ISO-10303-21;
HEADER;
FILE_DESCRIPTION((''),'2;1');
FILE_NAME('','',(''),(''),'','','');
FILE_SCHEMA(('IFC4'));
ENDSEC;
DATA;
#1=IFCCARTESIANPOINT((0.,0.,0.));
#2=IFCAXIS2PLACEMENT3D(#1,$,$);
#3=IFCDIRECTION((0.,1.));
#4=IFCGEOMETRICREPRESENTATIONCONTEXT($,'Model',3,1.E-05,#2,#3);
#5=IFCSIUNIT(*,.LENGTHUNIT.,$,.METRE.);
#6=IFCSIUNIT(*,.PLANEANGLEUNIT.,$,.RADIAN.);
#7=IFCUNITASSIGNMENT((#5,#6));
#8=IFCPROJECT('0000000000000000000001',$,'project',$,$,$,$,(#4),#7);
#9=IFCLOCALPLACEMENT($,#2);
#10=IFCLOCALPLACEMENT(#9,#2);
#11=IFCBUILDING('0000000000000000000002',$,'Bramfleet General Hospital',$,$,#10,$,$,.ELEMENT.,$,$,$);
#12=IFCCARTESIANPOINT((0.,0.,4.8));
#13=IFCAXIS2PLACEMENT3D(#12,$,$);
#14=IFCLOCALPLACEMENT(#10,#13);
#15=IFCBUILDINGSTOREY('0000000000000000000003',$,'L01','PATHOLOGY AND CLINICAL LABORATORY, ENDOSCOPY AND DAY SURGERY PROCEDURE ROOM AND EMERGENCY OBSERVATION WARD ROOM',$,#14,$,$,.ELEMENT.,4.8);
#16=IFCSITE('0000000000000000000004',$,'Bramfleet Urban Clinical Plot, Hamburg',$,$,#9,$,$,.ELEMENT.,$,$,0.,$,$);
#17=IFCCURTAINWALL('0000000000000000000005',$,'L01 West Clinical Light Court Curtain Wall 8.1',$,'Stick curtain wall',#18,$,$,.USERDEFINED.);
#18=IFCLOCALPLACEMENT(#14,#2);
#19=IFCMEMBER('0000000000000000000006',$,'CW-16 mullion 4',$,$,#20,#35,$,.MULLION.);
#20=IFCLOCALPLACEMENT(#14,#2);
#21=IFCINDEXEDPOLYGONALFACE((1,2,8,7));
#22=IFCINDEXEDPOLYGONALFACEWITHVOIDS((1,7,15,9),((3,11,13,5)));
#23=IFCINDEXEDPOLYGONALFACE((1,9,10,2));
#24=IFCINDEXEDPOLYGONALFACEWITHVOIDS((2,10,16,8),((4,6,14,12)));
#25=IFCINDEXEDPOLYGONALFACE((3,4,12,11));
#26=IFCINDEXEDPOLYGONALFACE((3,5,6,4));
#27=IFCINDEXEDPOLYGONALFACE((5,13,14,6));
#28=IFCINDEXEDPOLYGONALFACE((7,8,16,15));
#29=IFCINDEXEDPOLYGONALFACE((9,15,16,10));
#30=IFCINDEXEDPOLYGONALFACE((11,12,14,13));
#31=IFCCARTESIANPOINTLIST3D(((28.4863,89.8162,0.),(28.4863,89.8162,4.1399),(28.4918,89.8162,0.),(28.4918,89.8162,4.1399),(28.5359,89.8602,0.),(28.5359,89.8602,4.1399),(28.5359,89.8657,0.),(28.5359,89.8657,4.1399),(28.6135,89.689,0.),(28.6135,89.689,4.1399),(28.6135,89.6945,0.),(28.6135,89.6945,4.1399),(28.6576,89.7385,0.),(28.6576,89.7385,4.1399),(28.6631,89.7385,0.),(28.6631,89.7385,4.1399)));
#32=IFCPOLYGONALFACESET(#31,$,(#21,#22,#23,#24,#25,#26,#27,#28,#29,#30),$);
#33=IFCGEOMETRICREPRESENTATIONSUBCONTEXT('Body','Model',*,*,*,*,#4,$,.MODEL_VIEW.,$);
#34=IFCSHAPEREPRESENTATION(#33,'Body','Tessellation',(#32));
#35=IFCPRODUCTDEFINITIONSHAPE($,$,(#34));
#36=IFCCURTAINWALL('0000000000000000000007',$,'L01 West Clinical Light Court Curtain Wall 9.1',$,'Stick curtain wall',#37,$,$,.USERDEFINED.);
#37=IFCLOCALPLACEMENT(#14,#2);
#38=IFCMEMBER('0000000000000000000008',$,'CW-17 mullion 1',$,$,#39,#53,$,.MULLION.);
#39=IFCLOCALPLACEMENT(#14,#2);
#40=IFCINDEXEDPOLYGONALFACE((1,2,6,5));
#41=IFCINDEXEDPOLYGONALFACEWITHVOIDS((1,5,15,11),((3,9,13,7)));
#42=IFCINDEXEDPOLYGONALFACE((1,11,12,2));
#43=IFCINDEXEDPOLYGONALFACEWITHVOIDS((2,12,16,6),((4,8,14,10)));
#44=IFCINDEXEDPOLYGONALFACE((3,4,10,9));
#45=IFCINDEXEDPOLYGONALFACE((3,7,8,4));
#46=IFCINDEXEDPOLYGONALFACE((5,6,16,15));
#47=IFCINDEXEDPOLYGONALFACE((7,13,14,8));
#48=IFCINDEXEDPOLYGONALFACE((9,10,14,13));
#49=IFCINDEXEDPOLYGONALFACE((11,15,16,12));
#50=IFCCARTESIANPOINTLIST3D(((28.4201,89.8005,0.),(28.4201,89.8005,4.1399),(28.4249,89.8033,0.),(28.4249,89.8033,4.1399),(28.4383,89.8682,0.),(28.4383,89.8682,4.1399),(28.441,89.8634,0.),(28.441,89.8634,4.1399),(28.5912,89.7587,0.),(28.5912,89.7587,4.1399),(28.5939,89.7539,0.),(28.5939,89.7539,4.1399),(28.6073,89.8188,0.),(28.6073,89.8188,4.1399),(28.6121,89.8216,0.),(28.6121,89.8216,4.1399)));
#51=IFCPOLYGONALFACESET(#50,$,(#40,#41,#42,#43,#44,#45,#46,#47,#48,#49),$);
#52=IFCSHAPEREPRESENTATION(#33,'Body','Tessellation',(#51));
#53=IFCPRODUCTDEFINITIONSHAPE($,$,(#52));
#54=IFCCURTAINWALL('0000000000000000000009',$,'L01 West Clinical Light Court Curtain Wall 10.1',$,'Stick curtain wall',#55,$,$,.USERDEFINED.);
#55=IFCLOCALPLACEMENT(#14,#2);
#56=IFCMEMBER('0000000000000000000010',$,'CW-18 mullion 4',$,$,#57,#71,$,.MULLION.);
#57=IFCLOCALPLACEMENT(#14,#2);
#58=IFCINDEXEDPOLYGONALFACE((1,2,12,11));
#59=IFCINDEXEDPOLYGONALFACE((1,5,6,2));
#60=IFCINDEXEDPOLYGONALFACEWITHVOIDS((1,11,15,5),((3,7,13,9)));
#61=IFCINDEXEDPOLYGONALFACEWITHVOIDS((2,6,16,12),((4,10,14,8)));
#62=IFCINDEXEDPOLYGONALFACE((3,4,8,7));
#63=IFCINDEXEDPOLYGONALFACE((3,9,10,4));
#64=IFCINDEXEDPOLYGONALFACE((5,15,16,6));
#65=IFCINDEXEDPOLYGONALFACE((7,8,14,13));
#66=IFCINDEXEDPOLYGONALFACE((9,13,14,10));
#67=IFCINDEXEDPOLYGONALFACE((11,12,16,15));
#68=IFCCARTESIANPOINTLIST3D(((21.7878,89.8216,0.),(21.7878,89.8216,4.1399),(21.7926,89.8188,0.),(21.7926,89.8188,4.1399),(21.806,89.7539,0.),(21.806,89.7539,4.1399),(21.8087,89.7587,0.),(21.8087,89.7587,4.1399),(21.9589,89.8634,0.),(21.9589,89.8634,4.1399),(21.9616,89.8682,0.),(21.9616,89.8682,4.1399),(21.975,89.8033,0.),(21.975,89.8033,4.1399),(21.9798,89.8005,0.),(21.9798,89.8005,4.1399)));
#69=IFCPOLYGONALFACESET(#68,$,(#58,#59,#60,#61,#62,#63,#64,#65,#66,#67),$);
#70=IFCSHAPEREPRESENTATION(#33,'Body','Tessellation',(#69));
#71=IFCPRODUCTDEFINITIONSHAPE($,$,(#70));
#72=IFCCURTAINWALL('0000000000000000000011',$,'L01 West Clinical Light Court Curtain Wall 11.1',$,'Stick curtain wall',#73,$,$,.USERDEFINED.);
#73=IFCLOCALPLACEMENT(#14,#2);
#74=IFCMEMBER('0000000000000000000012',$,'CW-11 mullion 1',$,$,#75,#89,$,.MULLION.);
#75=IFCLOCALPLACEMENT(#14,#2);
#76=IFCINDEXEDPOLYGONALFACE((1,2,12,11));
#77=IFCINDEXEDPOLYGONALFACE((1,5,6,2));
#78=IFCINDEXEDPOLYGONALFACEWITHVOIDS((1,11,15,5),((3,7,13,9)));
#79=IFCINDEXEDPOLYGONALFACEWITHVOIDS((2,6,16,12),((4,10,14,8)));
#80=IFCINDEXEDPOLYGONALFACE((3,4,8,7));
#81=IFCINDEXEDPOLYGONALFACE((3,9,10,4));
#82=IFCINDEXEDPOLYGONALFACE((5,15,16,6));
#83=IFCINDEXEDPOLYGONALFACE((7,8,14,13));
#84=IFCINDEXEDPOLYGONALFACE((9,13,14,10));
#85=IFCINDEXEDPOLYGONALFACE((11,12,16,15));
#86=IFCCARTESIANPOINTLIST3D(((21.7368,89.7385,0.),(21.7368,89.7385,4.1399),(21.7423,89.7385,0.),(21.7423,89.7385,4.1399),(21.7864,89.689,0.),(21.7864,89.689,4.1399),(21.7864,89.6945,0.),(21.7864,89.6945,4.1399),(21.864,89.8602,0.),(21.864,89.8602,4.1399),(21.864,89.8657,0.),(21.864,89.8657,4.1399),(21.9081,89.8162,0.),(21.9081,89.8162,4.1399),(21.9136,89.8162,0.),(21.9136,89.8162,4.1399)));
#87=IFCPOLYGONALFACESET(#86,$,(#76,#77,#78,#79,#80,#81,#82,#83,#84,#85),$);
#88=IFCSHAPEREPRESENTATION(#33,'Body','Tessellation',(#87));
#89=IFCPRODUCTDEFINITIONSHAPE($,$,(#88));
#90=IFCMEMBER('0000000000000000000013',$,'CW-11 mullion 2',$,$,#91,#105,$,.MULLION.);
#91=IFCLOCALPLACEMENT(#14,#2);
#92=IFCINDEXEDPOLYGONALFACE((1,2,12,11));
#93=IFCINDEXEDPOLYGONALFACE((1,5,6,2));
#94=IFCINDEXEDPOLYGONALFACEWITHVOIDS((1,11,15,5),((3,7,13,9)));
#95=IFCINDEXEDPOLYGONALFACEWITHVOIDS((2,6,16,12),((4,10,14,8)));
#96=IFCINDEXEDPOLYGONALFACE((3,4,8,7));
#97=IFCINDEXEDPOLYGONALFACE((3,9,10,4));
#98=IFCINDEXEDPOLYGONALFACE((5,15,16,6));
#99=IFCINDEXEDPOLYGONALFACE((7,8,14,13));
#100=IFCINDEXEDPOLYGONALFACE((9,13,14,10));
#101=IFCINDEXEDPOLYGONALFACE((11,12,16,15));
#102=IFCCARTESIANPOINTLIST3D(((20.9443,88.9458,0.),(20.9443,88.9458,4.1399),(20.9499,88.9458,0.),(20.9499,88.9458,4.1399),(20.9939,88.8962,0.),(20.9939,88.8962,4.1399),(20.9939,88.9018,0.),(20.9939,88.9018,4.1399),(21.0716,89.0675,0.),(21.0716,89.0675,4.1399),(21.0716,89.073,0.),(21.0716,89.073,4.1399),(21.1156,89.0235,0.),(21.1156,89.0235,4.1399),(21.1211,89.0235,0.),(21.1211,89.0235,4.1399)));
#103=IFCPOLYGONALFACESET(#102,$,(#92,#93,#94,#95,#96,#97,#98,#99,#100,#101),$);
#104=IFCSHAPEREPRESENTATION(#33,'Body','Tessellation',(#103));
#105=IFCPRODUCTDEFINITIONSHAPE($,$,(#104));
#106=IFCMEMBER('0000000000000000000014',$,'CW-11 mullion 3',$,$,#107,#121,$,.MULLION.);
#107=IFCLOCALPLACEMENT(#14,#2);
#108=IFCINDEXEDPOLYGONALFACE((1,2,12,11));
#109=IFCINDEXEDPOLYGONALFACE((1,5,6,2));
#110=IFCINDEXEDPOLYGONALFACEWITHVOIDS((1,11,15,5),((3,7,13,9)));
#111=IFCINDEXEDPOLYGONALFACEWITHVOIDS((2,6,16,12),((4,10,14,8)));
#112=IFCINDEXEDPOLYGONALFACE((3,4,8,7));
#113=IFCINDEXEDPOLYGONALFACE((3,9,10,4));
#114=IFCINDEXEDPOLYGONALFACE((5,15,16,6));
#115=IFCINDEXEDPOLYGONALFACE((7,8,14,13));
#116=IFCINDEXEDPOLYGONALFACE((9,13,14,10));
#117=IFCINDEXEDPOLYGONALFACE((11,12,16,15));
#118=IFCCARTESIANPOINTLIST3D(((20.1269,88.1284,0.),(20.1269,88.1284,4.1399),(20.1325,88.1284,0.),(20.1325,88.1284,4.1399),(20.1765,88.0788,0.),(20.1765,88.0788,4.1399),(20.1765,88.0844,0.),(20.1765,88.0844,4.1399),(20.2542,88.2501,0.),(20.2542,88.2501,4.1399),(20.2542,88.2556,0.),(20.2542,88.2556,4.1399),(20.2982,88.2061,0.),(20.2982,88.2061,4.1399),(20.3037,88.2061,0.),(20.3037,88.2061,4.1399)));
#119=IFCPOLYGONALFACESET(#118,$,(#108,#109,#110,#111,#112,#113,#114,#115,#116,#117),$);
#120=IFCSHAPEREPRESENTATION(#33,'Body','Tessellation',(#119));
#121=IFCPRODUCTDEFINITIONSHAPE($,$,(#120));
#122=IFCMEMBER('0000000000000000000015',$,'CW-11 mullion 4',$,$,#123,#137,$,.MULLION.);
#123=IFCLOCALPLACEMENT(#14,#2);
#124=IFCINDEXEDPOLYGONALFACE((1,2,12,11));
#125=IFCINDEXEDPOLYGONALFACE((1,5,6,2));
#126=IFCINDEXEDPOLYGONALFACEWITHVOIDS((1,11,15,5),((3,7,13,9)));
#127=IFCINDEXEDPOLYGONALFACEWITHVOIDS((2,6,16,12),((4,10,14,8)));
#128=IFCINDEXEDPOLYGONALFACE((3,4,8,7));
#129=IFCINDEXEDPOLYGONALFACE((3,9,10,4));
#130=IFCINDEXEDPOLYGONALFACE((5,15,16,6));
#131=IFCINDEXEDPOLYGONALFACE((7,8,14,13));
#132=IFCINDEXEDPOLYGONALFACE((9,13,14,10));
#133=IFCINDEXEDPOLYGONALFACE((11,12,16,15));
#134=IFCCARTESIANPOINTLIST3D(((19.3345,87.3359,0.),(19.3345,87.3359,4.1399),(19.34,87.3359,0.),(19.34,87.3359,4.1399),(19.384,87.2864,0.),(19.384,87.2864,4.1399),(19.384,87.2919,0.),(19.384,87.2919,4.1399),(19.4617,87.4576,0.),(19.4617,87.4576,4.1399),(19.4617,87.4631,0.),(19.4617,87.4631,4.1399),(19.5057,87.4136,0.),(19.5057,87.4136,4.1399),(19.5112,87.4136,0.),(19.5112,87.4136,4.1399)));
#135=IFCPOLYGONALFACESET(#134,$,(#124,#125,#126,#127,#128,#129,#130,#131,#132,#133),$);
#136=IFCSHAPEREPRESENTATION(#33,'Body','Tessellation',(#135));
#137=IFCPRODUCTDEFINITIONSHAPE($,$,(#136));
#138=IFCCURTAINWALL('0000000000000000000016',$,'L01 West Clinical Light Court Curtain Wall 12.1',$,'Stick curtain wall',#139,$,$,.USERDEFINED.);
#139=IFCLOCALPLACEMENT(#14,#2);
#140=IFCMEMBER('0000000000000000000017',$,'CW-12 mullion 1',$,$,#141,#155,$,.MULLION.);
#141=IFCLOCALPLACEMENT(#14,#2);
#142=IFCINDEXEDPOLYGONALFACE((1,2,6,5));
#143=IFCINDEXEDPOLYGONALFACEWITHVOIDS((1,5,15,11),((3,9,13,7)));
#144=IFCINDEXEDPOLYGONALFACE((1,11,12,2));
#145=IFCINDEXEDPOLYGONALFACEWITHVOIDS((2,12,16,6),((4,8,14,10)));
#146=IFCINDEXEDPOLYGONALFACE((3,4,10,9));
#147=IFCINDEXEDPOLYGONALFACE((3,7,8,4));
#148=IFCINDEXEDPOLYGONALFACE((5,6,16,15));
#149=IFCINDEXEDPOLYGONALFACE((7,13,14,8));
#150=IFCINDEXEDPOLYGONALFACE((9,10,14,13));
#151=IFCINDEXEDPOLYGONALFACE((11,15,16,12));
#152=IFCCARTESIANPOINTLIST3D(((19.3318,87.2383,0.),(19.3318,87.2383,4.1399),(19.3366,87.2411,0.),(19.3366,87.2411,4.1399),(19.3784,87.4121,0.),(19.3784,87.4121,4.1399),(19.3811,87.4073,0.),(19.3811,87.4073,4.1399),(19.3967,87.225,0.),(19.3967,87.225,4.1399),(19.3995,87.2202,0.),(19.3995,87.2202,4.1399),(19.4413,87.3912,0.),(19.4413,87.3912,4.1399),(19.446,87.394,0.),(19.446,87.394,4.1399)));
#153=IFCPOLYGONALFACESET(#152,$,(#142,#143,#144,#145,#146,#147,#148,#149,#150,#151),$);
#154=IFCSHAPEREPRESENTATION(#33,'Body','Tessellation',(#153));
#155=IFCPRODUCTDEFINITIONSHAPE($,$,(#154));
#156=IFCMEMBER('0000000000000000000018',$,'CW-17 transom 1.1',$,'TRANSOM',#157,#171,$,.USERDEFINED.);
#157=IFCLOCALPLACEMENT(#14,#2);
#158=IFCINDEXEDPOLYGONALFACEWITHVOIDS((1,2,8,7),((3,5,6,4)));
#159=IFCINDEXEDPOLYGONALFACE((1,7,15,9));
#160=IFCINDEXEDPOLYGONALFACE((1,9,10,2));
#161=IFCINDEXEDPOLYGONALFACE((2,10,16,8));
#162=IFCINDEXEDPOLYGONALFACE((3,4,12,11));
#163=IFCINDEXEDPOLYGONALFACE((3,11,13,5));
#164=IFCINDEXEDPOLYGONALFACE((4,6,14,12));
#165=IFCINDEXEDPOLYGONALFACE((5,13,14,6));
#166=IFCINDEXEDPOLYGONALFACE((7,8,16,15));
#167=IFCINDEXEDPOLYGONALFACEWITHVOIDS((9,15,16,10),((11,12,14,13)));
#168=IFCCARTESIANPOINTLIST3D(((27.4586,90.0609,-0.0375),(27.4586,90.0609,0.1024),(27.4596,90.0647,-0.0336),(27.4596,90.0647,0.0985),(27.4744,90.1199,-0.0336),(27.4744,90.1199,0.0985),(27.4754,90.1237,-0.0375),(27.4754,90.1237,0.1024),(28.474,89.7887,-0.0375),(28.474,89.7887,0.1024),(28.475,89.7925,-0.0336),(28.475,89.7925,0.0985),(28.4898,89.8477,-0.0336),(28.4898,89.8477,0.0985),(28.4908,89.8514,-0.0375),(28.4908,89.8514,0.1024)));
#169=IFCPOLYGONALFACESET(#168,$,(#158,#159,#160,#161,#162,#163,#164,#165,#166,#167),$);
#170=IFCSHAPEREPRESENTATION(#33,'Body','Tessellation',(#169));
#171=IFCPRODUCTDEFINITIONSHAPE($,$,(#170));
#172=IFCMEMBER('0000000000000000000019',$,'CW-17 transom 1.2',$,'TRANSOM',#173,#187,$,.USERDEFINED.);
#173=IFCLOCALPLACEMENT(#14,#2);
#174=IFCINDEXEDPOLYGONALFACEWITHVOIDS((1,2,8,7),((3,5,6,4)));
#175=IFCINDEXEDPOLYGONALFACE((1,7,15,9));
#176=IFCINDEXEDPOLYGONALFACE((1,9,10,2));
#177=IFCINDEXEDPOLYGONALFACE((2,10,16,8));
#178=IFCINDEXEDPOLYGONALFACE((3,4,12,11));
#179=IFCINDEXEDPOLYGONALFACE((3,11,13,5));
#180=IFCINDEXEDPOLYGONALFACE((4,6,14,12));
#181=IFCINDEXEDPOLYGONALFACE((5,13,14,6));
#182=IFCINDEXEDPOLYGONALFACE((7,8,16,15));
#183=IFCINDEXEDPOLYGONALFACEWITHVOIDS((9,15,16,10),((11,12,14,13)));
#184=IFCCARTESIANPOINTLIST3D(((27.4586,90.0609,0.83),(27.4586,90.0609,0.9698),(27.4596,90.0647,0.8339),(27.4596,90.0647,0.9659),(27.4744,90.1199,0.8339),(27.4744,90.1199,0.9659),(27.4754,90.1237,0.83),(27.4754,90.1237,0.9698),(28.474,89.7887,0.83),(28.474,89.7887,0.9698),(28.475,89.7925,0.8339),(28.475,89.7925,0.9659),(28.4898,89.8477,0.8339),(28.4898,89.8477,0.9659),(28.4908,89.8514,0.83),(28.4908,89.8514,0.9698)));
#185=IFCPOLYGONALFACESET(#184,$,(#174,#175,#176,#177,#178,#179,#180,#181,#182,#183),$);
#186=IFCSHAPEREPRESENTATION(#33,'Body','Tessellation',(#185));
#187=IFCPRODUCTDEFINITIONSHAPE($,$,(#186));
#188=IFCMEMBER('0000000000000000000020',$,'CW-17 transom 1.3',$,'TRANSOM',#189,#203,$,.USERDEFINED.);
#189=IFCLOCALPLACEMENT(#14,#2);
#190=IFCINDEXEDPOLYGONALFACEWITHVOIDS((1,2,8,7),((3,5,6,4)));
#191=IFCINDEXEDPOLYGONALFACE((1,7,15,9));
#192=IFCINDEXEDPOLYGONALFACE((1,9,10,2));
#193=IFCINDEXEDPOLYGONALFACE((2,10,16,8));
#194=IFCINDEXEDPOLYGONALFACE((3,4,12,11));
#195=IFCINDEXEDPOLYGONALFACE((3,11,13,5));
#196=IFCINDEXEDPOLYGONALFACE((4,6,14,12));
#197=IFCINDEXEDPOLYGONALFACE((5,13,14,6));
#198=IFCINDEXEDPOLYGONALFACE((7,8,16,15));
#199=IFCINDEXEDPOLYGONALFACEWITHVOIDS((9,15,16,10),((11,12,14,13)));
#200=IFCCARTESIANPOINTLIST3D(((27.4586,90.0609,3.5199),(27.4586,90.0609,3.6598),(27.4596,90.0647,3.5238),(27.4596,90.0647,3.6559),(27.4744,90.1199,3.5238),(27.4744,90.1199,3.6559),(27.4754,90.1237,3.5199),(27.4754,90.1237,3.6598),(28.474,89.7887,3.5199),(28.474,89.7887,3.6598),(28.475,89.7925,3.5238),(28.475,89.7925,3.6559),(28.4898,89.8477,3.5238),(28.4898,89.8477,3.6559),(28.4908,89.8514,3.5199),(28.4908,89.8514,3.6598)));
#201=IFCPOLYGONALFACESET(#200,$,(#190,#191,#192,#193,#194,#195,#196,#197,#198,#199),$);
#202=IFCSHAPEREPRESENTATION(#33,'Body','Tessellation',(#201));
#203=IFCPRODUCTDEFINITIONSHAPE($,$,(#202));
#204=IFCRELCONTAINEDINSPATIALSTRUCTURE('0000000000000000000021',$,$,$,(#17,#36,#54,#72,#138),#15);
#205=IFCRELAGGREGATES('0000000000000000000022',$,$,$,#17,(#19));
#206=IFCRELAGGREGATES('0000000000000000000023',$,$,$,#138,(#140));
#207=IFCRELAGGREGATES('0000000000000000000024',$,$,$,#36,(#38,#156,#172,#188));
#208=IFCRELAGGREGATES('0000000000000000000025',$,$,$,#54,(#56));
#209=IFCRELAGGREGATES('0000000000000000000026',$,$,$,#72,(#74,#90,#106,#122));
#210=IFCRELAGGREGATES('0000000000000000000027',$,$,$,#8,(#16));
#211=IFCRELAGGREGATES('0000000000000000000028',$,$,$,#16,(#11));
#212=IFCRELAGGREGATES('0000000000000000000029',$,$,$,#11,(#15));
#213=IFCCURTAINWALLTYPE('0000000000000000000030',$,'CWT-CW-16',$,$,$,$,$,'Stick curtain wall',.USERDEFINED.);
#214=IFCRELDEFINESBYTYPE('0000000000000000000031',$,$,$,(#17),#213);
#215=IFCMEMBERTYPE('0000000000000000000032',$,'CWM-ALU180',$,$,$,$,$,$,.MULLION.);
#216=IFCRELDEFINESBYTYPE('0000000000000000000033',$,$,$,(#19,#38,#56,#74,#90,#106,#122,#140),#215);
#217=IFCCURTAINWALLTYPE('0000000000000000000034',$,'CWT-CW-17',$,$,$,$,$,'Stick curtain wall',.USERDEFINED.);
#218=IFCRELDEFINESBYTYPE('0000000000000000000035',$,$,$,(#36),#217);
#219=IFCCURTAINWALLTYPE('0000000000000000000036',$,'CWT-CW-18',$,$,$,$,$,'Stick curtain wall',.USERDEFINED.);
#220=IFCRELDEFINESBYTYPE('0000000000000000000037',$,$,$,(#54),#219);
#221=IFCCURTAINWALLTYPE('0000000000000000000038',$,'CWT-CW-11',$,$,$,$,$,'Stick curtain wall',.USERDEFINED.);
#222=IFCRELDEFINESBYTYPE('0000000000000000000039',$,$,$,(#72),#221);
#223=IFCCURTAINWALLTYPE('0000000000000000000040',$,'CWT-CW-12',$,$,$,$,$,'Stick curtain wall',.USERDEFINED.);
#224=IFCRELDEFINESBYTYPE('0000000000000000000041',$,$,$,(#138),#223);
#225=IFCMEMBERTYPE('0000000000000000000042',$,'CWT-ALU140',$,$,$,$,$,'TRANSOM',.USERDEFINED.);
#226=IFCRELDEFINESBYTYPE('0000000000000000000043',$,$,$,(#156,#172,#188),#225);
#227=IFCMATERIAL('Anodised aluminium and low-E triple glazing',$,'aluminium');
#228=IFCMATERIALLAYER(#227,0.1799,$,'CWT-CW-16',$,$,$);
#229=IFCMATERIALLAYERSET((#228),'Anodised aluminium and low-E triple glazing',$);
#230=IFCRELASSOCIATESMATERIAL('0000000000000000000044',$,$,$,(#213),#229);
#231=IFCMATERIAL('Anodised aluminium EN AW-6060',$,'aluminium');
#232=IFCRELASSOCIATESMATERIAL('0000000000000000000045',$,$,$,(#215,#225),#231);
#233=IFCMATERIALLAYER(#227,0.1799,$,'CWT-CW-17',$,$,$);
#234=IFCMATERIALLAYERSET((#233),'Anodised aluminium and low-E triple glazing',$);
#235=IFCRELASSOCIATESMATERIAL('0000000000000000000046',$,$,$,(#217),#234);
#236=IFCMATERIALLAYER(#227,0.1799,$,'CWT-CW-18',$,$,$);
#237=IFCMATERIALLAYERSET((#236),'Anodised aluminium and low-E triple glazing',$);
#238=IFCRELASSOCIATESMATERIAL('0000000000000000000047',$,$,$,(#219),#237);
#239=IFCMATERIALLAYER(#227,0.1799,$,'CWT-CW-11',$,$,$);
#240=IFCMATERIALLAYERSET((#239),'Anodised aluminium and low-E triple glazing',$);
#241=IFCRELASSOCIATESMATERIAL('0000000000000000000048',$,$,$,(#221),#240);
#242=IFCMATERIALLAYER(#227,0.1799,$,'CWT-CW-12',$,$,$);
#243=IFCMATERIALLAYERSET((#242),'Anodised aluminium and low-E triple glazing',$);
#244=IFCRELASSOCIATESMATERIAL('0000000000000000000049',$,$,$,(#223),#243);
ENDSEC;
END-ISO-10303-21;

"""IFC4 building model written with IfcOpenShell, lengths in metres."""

from ifc_helpers import new_model, si_unit, direction, frame, origin, origin_2d, place, context, subcontext, project, spatial, hollow_rectangle, extrude, material, layer, layer_set, material_profile, profile_set, type_object, element, aggregate, save


model = new_model("IFC4")

# Units and contexts
model_context = context("Model", 3, precision=1e-05, world=origin(), true_north=direction((0.0, 1.0)))
body_context = subcontext(model_context, "Body", "Model", "MODEL_VIEW")
ifc_project = project(units=[si_unit("LENGTHUNIT", "METRE"), si_unit("PLANEANGLEUNIT", "RADIAN")], contexts=[model_context])

# Site, building, storey
site_placement = place(None, origin())
site = spatial("IfcSite", under=ifc_project, at=site_placement, Name="Bramfleet Urban Clinical Plot, Hamburg", CompositionType="ELEMENT", RefElevation=0.0)
building_placement = place(site_placement, origin())
building = spatial("IfcBuilding", under=site, at=building_placement, Name="Bramfleet General Hospital", CompositionType="ELEMENT")
storey_placement = place(building_placement, frame((0.0, 0.0, 4.8)))
storey = spatial("IfcBuildingStorey", under=building, at=storey_placement, Name="L01", Description="PATHOLOGY AND CLINICAL LABORATORY, ENDOSCOPY AND DAY SURGERY PROCEDURE ROOM AND EMERGENCY OBSERVATION WARD ROOM", CompositionType="ELEMENT", Elevation=4.8)

# Curtain walls, members
ifc_material_1 = material(Name="Anodised aluminium and low-E triple glazing", Category="aluminium")
ifc_layer_1 = layer(ifc_material_1, 0.1799, Name="CWT-CW-16")
ifc_layer_set_1 = layer_set([ifc_layer_1], Name="Anodised aluminium and low-E triple glazing")
curtain_wall_type_1 = type_object("IfcCurtainWallType", Name="CWT-CW-16", ElementType="Stick curtain wall", PredefinedType="USERDEFINED", material=ifc_layer_set_1)
curtain_wall_1_placement = place(storey_placement, origin())
curtain_wall_1 = element("IfcCurtainWall", 1, at=curtain_wall_1_placement, inside=storey, type_object=curtain_wall_type_1, Name="L01 West Clinical Light Court Curtain Wall 8.1", ObjectType="Stick curtain wall", PredefinedType="USERDEFINED")
ifc_material_2 = material(Name="Anodised aluminium EN AW-6060", Category="aluminium")
ifc_material_profile_1 = material_profile(ifc_material_2, hollow_rectangle(XDim=0.0701, YDim=0.1799, WallThickness=0.0039, at=origin_2d()), Name="ALU 180x70x4.0")
ifc_profile_set_1 = profile_set([ifc_material_profile_1], Name="Anodised aluminium EN AW-6060")
member_type_1 = type_object("IfcMemberType", Name="CWM-ALU180", PredefinedType="MULLION", material=ifc_profile_set_1)
member_1_placement = place(storey_placement, frame((28.5747, 89.7773, 0.0), z_axis=(0.0, 0.0, 1.0), x_axis=(-0.707107, -0.707107, 0.0)))
member_1 = element("IfcMember", 2, at=member_1_placement, type_object=member_type_1, Name="CW-16 mullion 4", PredefinedType="MULLION", context=body_context, shape_type="SweptSolid", body=[
    extrude(hollow_rectangle(XDim=0.0701, YDim=0.1799, WallThickness=0.0039, at=origin_2d()), origin(), (0.0, 0.0, 1.0), 4.1399),
])
aggregate(curtain_wall_1, [member_1])
ifc_layer_2 = layer(ifc_material_1, 0.1799, Name="CWT-CW-17")
ifc_layer_set_2 = layer_set([ifc_layer_2], Name="Anodised aluminium and low-E triple glazing")
curtain_wall_type_2 = type_object("IfcCurtainWallType", Name="CWT-CW-17", ElementType="Stick curtain wall", PredefinedType="USERDEFINED", material=ifc_layer_set_2)
curtain_wall_2_placement = place(storey_placement, origin())
curtain_wall_2 = element("IfcCurtainWall", 3, at=curtain_wall_2_placement, inside=storey, type_object=curtain_wall_type_2, Name="L01 West Clinical Light Court Curtain Wall 9.1", ObjectType="Stick curtain wall", PredefinedType="USERDEFINED")
member_2_placement = place(storey_placement, frame((28.5161, 89.811, 0.0), z_axis=(0.0, 0.0, 1.0), x_axis=(-0.258919, -0.965899, 0.0)))
member_2 = element("IfcMember", 4, at=member_2_placement, type_object=member_type_1, Name="CW-17 mullion 1", PredefinedType="MULLION", context=body_context, shape_type="SweptSolid", body=[
    extrude(hollow_rectangle(XDim=0.0701, YDim=0.1799, WallThickness=0.0039, at=origin_2d()), origin(), (0.0, 0.0, 1.0), 4.1399),
])
ifc_layer_3 = layer(ifc_material_1, 0.1799, Name="CWT-CW-18")
ifc_layer_set_3 = layer_set([ifc_layer_3], Name="Anodised aluminium and low-E triple glazing")
curtain_wall_type_3 = type_object("IfcCurtainWallType", Name="CWT-CW-18", ElementType="Stick curtain wall", PredefinedType="USERDEFINED", material=ifc_layer_set_3)
curtain_wall_3_placement = place(storey_placement, origin())
curtain_wall_3 = element("IfcCurtainWall", 5, at=curtain_wall_3_placement, inside=storey, type_object=curtain_wall_type_3, Name="L01 West Clinical Light Court Curtain Wall 10.1", ObjectType="Stick curtain wall", PredefinedType="USERDEFINED")
member_3_placement = place(storey_placement, frame((21.8838, 89.811, 0.0), z_axis=(0.0, 0.0, 1.0), x_axis=(0.258919, -0.965899, 0.0)))
member_3 = element("IfcMember", 6, at=member_3_placement, type_object=member_type_1, Name="CW-18 mullion 4", PredefinedType="MULLION", context=body_context, shape_type="SweptSolid", body=[
    extrude(hollow_rectangle(XDim=0.0701, YDim=0.1799, WallThickness=0.0039, at=origin_2d()), origin(), (0.0, 0.0, 1.0), 4.1399),
])

# Curtain wall, members
ifc_layer_4 = layer(ifc_material_1, 0.1799, Name="CWT-CW-11")
ifc_layer_set_4 = layer_set([ifc_layer_4], Name="Anodised aluminium and low-E triple glazing")
curtain_wall_type_4 = type_object("IfcCurtainWallType", Name="CWT-CW-11", ElementType="Stick curtain wall", PredefinedType="USERDEFINED", material=ifc_layer_set_4)
curtain_wall_4_placement = place(storey_placement, origin())
curtain_wall_4 = element("IfcCurtainWall", 7, at=curtain_wall_4_placement, inside=storey, type_object=curtain_wall_type_4, Name="L01 West Clinical Light Court Curtain Wall 11.1", ObjectType="Stick curtain wall", PredefinedType="USERDEFINED")
member_4_placement = place(storey_placement, frame((21.8252, 89.7773, 0.0), z_axis=(0.0, 0.0, 1.0), x_axis=(0.707107, -0.707107, 0.0)))
member_4 = element("IfcMember", 8, at=member_4_placement, type_object=member_type_1, Name="CW-11 mullion 1", PredefinedType="MULLION", context=body_context, shape_type="SweptSolid", body=[
    extrude(hollow_rectangle(XDim=0.0701, YDim=0.1799, WallThickness=0.0039, at=origin_2d()), origin(), (0.0, 0.0, 1.0), 4.1399),
])
member_5_placement = place(storey_placement, frame((21.0327, 88.9846, 0.0), z_axis=(0.0, 0.0, 1.0), x_axis=(0.707107, -0.707107, 0.0)))
member_5 = element("IfcMember", 9, at=member_5_placement, type_object=member_type_1, Name="CW-11 mullion 2", PredefinedType="MULLION", context=body_context, shape_type="SweptSolid", body=[
    extrude(hollow_rectangle(XDim=0.0701, YDim=0.1799, WallThickness=0.0039, at=origin_2d()), origin(), (0.0, 0.0, 1.0), 4.1399),
])
member_6_placement = place(storey_placement, frame((20.2153, 88.1672, 0.0), z_axis=(0.0, 0.0, 1.0), x_axis=(0.707107, -0.707107, 0.0)))
member_6 = element("IfcMember", 10, at=member_6_placement, type_object=member_type_1, Name="CW-11 mullion 3", PredefinedType="MULLION", context=body_context, shape_type="SweptSolid", body=[
    extrude(hollow_rectangle(XDim=0.0701, YDim=0.1799, WallThickness=0.0039, at=origin_2d()), origin(), (0.0, 0.0, 1.0), 4.1399),
])
member_7_placement = place(storey_placement, frame((19.4229, 87.3748, 0.0), z_axis=(0.0, 0.0, 1.0), x_axis=(0.707107, -0.707107, 0.0)))
member_7 = element("IfcMember", 11, at=member_7_placement, type_object=member_type_1, Name="CW-11 mullion 4", PredefinedType="MULLION", context=body_context, shape_type="SweptSolid", body=[
    extrude(hollow_rectangle(XDim=0.0701, YDim=0.1799, WallThickness=0.0039, at=origin_2d()), origin(), (0.0, 0.0, 1.0), 4.1399),
])

# Curtain wall, member
ifc_layer_5 = layer(ifc_material_1, 0.1799, Name="CWT-CW-12")
ifc_layer_set_5 = layer_set([ifc_layer_5], Name="Anodised aluminium and low-E triple glazing")
curtain_wall_type_5 = type_object("IfcCurtainWallType", Name="CWT-CW-12", ElementType="Stick curtain wall", PredefinedType="USERDEFINED", material=ifc_layer_set_5)
curtain_wall_5_placement = place(storey_placement, origin())
curtain_wall_5 = element("IfcCurtainWall", 12, at=curtain_wall_5_placement, inside=storey, type_object=curtain_wall_type_5, Name="L01 West Clinical Light Court Curtain Wall 12.1", ObjectType="Stick curtain wall", PredefinedType="USERDEFINED")
member_8_placement = place(storey_placement, frame((19.3889, 87.3162, 0.0), z_axis=(0.0, 0.0, 1.0), x_axis=(0.965899, -0.258919, 0.0)))
member_8 = element("IfcMember", 13, at=member_8_placement, type_object=member_type_1, Name="CW-12 mullion 1", PredefinedType="MULLION", context=body_context, shape_type="SweptSolid", body=[
    extrude(hollow_rectangle(XDim=0.0701, YDim=0.1799, WallThickness=0.0039, at=origin_2d()), origin(), (0.0, 0.0, 1.0), 4.1399),
])
aggregate(curtain_wall_5, [member_8])

# Members
ifc_material_profile_2 = material_profile(ifc_material_2, hollow_rectangle(XDim=0.0649, YDim=0.1399, WallThickness=0.0039, at=origin_2d()), Name="ALU 140x65x4.0")
ifc_profile_set_2 = profile_set([ifc_material_profile_2], Name="Anodised aluminium EN AW-6060")
member_type_2 = type_object("IfcMemberType", Name="CWT-ALU140", ElementType="TRANSOM", PredefinedType="USERDEFINED", material=ifc_profile_set_2)
member_9_placement = place(storey_placement, frame((28.4824, 89.8201, 0.0325), z_axis=(-0.965891, 0.258949, 0.0), x_axis=(-0.258949, -0.965891, 0.0)))
member_9 = element("IfcMember", 14, at=member_9_placement, type_object=member_type_2, Name="CW-17 transom 1.1", ObjectType="TRANSOM", PredefinedType="USERDEFINED", context=body_context, shape_type="SweptSolid", body=[
    extrude(hollow_rectangle(XDim=0.0649, YDim=0.1399, WallThickness=0.0039, at=origin_2d()), origin(), (0.0, 0.0, 1.0), 1.0513),
])
member_10_placement = place(storey_placement, frame((28.4824, 89.8201, 0.8999), z_axis=(-0.965891, 0.258949, 0.0), x_axis=(-0.258949, -0.965891, 0.0)))
member_10 = element("IfcMember", 15, at=member_10_placement, type_object=member_type_2, Name="CW-17 transom 1.2", ObjectType="TRANSOM", PredefinedType="USERDEFINED", context=body_context, shape_type="SweptSolid", body=[
    extrude(hollow_rectangle(XDim=0.0649, YDim=0.1399, WallThickness=0.0039, at=origin_2d()), origin(), (0.0, 0.0, 1.0), 1.0513),
])
member_11_placement = place(storey_placement, frame((28.4824, 89.8201, 3.5898), z_axis=(-0.965891, 0.258949, 0.0), x_axis=(-0.258949, -0.965891, 0.0)))
member_11 = element("IfcMember", 16, at=member_11_placement, type_object=member_type_2, Name="CW-17 transom 1.3", ObjectType="TRANSOM", PredefinedType="USERDEFINED", context=body_context, shape_type="SweptSolid", body=[
    extrude(hollow_rectangle(XDim=0.0649, YDim=0.1399, WallThickness=0.0039, at=origin_2d()), origin(), (0.0, 0.0, 1.0), 1.0513),
])
aggregate(curtain_wall_2, [member_2, member_9, member_10, member_11])

aggregate(curtain_wall_3, [member_3])
aggregate(curtain_wall_4, [member_4, member_5, member_6, member_7])

save(model, "model.ifc")
